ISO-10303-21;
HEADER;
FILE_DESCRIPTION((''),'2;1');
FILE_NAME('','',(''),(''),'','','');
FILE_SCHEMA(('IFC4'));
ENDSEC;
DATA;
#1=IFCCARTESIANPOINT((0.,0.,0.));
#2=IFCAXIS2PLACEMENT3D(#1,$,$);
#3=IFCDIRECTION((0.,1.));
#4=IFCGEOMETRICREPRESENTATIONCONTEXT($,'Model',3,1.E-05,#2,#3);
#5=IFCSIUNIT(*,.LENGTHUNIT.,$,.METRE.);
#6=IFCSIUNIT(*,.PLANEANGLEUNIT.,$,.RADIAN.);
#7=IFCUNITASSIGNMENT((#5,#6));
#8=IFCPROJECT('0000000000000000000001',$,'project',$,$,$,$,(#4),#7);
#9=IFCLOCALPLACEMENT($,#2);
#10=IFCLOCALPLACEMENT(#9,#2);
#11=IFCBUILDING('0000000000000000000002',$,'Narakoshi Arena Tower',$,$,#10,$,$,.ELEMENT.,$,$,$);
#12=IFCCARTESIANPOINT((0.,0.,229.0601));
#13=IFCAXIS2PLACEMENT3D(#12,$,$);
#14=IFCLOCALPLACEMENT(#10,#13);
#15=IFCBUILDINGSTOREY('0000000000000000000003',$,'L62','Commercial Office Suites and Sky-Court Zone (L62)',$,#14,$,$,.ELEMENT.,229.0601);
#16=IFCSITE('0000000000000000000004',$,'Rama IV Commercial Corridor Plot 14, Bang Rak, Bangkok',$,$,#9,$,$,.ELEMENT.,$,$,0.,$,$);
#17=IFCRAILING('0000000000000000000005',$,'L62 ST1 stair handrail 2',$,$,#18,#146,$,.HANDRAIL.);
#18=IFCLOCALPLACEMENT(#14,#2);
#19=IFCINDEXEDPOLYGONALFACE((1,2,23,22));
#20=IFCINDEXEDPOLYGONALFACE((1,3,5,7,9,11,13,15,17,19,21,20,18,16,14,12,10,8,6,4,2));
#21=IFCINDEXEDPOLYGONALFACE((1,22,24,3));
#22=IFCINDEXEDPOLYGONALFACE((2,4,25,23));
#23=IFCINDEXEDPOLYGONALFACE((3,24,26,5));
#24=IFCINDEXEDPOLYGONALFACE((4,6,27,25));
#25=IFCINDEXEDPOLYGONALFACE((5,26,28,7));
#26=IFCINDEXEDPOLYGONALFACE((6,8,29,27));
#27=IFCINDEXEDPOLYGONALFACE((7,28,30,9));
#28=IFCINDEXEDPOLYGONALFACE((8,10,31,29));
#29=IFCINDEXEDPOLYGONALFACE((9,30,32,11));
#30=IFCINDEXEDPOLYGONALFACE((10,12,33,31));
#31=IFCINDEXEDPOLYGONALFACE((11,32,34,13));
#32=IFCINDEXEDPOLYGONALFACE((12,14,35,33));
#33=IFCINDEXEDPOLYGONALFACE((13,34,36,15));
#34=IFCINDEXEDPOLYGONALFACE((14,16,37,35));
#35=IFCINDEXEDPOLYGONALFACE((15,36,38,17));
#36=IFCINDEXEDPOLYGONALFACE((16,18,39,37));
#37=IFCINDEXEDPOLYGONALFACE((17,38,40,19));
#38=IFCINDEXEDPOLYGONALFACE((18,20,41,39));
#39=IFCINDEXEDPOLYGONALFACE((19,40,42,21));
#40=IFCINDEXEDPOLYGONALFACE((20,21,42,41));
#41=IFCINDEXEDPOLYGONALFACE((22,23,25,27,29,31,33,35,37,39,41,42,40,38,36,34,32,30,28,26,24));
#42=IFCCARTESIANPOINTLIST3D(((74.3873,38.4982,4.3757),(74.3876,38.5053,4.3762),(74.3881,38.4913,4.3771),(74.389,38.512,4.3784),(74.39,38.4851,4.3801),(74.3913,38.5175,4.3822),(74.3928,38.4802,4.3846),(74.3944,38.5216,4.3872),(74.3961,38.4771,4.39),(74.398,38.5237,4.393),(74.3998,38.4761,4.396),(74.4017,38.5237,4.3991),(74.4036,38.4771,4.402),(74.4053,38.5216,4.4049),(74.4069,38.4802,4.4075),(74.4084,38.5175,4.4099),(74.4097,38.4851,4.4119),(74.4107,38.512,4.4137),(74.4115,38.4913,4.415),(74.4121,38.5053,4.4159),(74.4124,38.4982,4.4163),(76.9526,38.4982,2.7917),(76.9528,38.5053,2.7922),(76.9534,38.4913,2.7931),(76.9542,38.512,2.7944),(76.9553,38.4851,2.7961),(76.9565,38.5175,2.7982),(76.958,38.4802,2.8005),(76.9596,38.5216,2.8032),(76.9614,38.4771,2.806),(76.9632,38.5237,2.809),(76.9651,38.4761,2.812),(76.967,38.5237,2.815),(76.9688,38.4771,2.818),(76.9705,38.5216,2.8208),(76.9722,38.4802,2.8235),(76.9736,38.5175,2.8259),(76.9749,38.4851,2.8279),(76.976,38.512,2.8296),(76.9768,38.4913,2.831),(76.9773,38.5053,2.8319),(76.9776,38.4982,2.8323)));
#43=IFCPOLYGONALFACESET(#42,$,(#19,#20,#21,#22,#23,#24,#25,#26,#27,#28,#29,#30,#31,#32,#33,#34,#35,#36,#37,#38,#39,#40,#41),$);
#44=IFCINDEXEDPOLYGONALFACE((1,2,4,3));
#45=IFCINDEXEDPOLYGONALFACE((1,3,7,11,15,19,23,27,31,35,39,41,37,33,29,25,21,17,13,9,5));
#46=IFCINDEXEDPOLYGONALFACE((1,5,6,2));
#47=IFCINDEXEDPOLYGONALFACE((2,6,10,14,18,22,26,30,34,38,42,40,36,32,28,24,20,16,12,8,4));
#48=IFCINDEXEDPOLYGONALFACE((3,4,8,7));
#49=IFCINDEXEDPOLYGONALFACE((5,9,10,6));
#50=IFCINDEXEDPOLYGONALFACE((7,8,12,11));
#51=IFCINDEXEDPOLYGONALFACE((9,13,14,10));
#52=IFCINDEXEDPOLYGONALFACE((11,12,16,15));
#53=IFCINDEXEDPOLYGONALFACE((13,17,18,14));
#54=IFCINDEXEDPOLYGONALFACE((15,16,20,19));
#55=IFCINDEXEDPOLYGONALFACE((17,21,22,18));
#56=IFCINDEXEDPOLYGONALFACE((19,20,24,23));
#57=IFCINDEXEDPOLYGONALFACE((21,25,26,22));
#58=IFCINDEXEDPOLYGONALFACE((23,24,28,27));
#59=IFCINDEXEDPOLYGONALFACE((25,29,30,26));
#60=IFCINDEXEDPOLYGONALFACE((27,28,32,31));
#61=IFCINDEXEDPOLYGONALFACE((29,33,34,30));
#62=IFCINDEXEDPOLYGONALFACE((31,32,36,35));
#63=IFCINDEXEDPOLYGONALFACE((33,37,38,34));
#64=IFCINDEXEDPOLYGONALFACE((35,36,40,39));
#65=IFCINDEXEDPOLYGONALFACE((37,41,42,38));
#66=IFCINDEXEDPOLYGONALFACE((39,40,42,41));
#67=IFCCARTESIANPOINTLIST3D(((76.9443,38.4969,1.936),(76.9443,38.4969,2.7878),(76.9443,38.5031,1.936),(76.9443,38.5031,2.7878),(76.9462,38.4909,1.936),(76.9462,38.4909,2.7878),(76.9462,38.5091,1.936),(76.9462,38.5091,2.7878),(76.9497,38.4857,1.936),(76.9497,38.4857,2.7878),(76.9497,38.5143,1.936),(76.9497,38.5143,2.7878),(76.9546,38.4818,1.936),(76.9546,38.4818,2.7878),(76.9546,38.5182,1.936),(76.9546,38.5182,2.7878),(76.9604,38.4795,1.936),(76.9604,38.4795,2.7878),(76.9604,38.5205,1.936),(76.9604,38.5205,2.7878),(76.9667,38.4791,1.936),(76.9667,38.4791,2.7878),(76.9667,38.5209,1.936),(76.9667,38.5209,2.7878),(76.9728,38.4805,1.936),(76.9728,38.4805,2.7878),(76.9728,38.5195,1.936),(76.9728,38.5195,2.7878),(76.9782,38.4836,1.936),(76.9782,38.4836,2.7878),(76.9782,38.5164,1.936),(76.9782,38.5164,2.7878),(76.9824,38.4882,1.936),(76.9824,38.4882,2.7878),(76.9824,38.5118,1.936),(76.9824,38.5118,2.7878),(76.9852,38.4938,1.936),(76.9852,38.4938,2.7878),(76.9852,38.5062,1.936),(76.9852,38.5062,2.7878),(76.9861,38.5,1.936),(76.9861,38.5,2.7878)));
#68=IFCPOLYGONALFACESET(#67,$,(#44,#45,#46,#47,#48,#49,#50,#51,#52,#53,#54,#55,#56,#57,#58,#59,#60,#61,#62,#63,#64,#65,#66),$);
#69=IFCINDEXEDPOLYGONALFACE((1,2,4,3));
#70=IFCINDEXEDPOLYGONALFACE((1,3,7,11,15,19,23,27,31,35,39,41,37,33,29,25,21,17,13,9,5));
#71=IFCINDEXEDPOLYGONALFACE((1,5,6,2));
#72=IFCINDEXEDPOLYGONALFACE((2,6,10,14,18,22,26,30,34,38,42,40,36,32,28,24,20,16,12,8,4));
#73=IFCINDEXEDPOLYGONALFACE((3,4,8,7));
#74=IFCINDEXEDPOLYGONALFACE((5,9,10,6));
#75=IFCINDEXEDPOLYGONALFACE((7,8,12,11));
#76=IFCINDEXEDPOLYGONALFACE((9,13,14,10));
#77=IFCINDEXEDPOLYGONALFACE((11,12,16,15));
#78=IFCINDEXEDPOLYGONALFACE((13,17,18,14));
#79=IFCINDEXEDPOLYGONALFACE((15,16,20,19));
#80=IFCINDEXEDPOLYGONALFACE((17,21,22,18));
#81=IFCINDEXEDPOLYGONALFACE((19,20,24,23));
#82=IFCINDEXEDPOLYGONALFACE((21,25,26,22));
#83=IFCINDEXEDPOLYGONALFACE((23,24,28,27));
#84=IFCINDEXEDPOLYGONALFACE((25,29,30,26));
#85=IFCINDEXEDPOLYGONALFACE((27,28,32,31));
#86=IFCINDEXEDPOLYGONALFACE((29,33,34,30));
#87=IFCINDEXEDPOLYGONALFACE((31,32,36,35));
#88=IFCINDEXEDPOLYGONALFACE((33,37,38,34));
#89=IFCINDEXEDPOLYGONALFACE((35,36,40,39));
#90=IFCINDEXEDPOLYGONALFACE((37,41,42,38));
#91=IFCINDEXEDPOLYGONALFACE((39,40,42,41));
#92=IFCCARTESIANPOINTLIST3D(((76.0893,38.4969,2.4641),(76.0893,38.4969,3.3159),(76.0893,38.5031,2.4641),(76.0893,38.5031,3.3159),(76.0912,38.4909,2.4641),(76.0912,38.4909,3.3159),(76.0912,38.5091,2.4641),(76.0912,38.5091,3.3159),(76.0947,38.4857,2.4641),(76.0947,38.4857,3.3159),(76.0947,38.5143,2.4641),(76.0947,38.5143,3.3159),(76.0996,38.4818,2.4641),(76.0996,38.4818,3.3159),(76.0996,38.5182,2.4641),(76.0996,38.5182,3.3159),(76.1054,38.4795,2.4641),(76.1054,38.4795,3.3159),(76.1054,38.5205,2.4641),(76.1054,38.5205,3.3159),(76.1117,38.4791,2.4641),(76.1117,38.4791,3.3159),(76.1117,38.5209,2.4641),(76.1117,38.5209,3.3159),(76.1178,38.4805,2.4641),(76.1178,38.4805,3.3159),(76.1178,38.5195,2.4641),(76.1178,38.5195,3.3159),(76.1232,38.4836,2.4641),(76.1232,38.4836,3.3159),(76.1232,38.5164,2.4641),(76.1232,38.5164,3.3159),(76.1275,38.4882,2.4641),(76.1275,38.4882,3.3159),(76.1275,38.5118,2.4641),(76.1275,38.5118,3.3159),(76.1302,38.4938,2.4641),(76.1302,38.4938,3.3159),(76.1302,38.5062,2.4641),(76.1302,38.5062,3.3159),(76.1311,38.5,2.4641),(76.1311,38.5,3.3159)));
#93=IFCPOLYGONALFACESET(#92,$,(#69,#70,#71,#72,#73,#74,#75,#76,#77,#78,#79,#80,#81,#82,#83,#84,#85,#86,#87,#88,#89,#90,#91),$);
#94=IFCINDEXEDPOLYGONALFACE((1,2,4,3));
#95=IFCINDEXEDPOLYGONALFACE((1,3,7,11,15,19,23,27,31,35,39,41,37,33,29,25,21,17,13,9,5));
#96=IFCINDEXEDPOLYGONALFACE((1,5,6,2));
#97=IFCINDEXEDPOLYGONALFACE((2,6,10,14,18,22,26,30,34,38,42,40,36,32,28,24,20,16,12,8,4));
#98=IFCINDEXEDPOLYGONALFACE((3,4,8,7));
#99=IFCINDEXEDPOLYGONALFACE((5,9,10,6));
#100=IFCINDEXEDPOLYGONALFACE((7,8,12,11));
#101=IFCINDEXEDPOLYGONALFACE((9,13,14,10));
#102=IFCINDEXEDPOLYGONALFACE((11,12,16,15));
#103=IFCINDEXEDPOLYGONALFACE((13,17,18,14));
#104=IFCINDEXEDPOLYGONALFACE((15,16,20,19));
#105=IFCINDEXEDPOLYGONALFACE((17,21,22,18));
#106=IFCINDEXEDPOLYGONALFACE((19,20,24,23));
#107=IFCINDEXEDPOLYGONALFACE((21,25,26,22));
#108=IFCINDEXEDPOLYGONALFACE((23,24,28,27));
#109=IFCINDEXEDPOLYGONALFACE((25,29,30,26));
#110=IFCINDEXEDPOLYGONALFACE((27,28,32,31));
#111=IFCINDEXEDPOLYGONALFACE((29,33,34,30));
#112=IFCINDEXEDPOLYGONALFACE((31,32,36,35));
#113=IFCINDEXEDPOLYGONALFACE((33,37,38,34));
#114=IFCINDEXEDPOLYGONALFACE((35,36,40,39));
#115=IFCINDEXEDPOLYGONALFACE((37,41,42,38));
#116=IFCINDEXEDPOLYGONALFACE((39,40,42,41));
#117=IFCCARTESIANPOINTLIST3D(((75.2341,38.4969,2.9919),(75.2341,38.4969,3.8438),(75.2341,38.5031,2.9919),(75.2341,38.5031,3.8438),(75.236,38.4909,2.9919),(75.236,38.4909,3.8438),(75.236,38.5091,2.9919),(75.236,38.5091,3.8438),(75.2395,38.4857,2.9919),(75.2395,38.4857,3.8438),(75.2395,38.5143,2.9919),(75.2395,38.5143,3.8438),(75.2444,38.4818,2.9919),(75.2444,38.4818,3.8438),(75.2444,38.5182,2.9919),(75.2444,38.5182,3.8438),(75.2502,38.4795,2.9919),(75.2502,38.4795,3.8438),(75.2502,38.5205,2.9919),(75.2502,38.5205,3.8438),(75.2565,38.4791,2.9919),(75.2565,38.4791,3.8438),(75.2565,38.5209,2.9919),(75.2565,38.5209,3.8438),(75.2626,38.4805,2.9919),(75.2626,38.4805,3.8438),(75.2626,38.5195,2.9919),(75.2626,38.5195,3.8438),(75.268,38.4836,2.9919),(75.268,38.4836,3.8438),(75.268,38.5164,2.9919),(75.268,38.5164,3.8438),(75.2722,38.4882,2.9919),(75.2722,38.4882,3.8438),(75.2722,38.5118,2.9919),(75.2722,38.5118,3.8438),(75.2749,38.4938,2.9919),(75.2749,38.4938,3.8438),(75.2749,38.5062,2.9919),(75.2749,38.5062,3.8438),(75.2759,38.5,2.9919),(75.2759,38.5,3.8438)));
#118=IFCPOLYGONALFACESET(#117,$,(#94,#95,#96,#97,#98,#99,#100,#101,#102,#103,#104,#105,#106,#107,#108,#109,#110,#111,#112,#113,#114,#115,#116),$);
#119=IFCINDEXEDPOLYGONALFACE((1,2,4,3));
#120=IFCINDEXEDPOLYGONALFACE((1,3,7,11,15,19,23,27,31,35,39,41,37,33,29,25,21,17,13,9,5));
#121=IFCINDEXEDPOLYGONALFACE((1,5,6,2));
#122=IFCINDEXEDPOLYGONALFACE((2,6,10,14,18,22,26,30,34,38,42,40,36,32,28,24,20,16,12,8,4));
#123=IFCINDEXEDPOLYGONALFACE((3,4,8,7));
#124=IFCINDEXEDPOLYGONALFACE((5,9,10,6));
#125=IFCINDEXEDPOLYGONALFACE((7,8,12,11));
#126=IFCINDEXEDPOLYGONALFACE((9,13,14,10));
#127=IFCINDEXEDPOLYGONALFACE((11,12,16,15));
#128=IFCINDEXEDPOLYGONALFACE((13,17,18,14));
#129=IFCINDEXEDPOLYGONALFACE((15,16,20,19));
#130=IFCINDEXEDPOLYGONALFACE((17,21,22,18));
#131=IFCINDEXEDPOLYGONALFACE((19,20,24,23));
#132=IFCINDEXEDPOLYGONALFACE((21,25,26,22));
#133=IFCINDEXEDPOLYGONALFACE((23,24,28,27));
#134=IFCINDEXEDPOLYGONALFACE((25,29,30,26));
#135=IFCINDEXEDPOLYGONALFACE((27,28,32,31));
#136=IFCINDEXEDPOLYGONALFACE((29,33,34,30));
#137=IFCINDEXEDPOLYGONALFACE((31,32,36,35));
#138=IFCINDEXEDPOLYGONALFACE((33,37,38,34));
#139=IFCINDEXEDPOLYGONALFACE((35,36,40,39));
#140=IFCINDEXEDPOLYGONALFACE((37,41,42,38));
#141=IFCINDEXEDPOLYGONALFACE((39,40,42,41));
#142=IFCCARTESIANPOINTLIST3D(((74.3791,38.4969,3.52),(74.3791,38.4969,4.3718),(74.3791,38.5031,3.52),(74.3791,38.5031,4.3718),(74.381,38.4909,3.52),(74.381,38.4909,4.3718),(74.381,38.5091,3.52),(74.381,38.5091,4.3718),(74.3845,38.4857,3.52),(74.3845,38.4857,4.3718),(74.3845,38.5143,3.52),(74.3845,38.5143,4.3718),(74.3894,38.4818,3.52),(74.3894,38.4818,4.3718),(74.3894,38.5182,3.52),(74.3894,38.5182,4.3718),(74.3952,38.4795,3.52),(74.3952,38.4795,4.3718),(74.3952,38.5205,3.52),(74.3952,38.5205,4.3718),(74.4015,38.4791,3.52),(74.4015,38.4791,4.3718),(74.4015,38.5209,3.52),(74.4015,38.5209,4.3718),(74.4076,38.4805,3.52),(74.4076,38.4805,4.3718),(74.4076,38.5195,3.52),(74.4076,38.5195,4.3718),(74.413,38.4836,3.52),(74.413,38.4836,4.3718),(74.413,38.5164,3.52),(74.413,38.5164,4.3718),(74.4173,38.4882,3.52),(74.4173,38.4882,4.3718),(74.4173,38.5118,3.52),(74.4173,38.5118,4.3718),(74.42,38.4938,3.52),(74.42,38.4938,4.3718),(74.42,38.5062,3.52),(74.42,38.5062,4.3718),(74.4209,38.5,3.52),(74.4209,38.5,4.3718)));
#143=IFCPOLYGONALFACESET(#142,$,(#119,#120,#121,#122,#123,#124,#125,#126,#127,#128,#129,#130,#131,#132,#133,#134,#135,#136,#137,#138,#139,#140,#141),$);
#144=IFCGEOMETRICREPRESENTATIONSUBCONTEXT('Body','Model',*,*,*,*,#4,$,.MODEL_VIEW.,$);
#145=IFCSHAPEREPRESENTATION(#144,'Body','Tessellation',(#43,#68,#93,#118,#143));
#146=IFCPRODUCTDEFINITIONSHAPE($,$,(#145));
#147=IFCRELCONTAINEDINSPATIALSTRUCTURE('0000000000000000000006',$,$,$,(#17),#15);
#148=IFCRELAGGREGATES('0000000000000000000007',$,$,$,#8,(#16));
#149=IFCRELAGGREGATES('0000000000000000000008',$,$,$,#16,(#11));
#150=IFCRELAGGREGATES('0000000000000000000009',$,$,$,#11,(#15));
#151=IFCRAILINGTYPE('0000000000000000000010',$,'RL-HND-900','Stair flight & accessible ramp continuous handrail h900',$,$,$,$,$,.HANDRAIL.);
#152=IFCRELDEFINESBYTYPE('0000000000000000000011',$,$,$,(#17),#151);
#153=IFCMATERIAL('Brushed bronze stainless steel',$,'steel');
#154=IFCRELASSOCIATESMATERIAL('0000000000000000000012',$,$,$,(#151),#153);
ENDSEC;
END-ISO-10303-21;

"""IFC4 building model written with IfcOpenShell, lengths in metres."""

from ifc_helpers import new_model, si_unit, direction, frame, origin, origin_2d, place, context, subcontext, project, spatial, circle, extrude, material, type_object, element, save


model = new_model("IFC4")

# Units and contexts
model_context = context("Model", 3, precision=1e-05, world=origin(), true_north=direction((0.0, 1.0)))
body_context = subcontext(model_context, "Body", "Model", "MODEL_VIEW")
ifc_project = project(units=[si_unit("LENGTHUNIT", "METRE"), si_unit("PLANEANGLEUNIT", "RADIAN")], contexts=[model_context])

# Site, building, storey
site_placement = place(None, origin())
site = spatial("IfcSite", under=ifc_project, at=site_placement, Name="Rama IV Commercial Corridor Plot 14, Bang Rak, Bangkok", CompositionType="ELEMENT", RefElevation=0.0)
building_placement = place(site_placement, origin())
building = spatial("IfcBuilding", under=site, at=building_placement, Name="Narakoshi Arena Tower", CompositionType="ELEMENT")
storey_placement = place(building_placement, frame((0.0, 0.0, 229.0601)))
storey = spatial("IfcBuildingStorey", under=building, at=storey_placement, Name="L62", Description="Commercial Office Suites and Sky-Court Zone (L62)", CompositionType="ELEMENT", Elevation=229.0601)

# Railing
ifc_material_1 = material(Name="Brushed bronze stainless steel", Category="steel")
railing_type_1 = type_object("IfcRailingType", Name="RL-HND-900", Description="Stair flight & accessible ramp continuous handrail h900", PredefinedType="HANDRAIL", material=ifc_material_1)
railing_1_placement = place(storey_placement, frame((76.9651, 38.5, 1.936)))
element("IfcRailing", 1, at=railing_1_placement, inside=storey, type_object=railing_type_1, Name="L62 ST1 stair handrail 2", PredefinedType="HANDRAIL", context=body_context, shape_type="SweptSolid", body=[
    extrude(circle(Radius=0.0239, at=origin_2d()), frame((0.0, 0.0, 0.876), z_axis=(-0.850857, 0.0, 0.525398), x_axis=(0.0, -1.0, 0.0)), (0.0, 0.0, 1.0), 3.0149),
    extrude(circle(Radius=0.021, at=origin_2d()), origin(), (0.0, 0.0, 1.0), 0.8518),
    extrude(circle(Radius=0.021, at=origin_2d()), frame((-0.855, 0.0, 0.5281)), (0.0, 0.0, 1.0), 0.8518),
    extrude(circle(Radius=0.021, at=origin_2d()), frame((-1.7102, 0.0, 1.0559)), (0.0, 0.0, 1.0), 0.8518),
    extrude(circle(Radius=0.021, at=origin_2d()), frame((-2.5652, 0.0, 1.584)), (0.0, 0.0, 1.0), 0.8518),
])

save(model, "model.ifc")
